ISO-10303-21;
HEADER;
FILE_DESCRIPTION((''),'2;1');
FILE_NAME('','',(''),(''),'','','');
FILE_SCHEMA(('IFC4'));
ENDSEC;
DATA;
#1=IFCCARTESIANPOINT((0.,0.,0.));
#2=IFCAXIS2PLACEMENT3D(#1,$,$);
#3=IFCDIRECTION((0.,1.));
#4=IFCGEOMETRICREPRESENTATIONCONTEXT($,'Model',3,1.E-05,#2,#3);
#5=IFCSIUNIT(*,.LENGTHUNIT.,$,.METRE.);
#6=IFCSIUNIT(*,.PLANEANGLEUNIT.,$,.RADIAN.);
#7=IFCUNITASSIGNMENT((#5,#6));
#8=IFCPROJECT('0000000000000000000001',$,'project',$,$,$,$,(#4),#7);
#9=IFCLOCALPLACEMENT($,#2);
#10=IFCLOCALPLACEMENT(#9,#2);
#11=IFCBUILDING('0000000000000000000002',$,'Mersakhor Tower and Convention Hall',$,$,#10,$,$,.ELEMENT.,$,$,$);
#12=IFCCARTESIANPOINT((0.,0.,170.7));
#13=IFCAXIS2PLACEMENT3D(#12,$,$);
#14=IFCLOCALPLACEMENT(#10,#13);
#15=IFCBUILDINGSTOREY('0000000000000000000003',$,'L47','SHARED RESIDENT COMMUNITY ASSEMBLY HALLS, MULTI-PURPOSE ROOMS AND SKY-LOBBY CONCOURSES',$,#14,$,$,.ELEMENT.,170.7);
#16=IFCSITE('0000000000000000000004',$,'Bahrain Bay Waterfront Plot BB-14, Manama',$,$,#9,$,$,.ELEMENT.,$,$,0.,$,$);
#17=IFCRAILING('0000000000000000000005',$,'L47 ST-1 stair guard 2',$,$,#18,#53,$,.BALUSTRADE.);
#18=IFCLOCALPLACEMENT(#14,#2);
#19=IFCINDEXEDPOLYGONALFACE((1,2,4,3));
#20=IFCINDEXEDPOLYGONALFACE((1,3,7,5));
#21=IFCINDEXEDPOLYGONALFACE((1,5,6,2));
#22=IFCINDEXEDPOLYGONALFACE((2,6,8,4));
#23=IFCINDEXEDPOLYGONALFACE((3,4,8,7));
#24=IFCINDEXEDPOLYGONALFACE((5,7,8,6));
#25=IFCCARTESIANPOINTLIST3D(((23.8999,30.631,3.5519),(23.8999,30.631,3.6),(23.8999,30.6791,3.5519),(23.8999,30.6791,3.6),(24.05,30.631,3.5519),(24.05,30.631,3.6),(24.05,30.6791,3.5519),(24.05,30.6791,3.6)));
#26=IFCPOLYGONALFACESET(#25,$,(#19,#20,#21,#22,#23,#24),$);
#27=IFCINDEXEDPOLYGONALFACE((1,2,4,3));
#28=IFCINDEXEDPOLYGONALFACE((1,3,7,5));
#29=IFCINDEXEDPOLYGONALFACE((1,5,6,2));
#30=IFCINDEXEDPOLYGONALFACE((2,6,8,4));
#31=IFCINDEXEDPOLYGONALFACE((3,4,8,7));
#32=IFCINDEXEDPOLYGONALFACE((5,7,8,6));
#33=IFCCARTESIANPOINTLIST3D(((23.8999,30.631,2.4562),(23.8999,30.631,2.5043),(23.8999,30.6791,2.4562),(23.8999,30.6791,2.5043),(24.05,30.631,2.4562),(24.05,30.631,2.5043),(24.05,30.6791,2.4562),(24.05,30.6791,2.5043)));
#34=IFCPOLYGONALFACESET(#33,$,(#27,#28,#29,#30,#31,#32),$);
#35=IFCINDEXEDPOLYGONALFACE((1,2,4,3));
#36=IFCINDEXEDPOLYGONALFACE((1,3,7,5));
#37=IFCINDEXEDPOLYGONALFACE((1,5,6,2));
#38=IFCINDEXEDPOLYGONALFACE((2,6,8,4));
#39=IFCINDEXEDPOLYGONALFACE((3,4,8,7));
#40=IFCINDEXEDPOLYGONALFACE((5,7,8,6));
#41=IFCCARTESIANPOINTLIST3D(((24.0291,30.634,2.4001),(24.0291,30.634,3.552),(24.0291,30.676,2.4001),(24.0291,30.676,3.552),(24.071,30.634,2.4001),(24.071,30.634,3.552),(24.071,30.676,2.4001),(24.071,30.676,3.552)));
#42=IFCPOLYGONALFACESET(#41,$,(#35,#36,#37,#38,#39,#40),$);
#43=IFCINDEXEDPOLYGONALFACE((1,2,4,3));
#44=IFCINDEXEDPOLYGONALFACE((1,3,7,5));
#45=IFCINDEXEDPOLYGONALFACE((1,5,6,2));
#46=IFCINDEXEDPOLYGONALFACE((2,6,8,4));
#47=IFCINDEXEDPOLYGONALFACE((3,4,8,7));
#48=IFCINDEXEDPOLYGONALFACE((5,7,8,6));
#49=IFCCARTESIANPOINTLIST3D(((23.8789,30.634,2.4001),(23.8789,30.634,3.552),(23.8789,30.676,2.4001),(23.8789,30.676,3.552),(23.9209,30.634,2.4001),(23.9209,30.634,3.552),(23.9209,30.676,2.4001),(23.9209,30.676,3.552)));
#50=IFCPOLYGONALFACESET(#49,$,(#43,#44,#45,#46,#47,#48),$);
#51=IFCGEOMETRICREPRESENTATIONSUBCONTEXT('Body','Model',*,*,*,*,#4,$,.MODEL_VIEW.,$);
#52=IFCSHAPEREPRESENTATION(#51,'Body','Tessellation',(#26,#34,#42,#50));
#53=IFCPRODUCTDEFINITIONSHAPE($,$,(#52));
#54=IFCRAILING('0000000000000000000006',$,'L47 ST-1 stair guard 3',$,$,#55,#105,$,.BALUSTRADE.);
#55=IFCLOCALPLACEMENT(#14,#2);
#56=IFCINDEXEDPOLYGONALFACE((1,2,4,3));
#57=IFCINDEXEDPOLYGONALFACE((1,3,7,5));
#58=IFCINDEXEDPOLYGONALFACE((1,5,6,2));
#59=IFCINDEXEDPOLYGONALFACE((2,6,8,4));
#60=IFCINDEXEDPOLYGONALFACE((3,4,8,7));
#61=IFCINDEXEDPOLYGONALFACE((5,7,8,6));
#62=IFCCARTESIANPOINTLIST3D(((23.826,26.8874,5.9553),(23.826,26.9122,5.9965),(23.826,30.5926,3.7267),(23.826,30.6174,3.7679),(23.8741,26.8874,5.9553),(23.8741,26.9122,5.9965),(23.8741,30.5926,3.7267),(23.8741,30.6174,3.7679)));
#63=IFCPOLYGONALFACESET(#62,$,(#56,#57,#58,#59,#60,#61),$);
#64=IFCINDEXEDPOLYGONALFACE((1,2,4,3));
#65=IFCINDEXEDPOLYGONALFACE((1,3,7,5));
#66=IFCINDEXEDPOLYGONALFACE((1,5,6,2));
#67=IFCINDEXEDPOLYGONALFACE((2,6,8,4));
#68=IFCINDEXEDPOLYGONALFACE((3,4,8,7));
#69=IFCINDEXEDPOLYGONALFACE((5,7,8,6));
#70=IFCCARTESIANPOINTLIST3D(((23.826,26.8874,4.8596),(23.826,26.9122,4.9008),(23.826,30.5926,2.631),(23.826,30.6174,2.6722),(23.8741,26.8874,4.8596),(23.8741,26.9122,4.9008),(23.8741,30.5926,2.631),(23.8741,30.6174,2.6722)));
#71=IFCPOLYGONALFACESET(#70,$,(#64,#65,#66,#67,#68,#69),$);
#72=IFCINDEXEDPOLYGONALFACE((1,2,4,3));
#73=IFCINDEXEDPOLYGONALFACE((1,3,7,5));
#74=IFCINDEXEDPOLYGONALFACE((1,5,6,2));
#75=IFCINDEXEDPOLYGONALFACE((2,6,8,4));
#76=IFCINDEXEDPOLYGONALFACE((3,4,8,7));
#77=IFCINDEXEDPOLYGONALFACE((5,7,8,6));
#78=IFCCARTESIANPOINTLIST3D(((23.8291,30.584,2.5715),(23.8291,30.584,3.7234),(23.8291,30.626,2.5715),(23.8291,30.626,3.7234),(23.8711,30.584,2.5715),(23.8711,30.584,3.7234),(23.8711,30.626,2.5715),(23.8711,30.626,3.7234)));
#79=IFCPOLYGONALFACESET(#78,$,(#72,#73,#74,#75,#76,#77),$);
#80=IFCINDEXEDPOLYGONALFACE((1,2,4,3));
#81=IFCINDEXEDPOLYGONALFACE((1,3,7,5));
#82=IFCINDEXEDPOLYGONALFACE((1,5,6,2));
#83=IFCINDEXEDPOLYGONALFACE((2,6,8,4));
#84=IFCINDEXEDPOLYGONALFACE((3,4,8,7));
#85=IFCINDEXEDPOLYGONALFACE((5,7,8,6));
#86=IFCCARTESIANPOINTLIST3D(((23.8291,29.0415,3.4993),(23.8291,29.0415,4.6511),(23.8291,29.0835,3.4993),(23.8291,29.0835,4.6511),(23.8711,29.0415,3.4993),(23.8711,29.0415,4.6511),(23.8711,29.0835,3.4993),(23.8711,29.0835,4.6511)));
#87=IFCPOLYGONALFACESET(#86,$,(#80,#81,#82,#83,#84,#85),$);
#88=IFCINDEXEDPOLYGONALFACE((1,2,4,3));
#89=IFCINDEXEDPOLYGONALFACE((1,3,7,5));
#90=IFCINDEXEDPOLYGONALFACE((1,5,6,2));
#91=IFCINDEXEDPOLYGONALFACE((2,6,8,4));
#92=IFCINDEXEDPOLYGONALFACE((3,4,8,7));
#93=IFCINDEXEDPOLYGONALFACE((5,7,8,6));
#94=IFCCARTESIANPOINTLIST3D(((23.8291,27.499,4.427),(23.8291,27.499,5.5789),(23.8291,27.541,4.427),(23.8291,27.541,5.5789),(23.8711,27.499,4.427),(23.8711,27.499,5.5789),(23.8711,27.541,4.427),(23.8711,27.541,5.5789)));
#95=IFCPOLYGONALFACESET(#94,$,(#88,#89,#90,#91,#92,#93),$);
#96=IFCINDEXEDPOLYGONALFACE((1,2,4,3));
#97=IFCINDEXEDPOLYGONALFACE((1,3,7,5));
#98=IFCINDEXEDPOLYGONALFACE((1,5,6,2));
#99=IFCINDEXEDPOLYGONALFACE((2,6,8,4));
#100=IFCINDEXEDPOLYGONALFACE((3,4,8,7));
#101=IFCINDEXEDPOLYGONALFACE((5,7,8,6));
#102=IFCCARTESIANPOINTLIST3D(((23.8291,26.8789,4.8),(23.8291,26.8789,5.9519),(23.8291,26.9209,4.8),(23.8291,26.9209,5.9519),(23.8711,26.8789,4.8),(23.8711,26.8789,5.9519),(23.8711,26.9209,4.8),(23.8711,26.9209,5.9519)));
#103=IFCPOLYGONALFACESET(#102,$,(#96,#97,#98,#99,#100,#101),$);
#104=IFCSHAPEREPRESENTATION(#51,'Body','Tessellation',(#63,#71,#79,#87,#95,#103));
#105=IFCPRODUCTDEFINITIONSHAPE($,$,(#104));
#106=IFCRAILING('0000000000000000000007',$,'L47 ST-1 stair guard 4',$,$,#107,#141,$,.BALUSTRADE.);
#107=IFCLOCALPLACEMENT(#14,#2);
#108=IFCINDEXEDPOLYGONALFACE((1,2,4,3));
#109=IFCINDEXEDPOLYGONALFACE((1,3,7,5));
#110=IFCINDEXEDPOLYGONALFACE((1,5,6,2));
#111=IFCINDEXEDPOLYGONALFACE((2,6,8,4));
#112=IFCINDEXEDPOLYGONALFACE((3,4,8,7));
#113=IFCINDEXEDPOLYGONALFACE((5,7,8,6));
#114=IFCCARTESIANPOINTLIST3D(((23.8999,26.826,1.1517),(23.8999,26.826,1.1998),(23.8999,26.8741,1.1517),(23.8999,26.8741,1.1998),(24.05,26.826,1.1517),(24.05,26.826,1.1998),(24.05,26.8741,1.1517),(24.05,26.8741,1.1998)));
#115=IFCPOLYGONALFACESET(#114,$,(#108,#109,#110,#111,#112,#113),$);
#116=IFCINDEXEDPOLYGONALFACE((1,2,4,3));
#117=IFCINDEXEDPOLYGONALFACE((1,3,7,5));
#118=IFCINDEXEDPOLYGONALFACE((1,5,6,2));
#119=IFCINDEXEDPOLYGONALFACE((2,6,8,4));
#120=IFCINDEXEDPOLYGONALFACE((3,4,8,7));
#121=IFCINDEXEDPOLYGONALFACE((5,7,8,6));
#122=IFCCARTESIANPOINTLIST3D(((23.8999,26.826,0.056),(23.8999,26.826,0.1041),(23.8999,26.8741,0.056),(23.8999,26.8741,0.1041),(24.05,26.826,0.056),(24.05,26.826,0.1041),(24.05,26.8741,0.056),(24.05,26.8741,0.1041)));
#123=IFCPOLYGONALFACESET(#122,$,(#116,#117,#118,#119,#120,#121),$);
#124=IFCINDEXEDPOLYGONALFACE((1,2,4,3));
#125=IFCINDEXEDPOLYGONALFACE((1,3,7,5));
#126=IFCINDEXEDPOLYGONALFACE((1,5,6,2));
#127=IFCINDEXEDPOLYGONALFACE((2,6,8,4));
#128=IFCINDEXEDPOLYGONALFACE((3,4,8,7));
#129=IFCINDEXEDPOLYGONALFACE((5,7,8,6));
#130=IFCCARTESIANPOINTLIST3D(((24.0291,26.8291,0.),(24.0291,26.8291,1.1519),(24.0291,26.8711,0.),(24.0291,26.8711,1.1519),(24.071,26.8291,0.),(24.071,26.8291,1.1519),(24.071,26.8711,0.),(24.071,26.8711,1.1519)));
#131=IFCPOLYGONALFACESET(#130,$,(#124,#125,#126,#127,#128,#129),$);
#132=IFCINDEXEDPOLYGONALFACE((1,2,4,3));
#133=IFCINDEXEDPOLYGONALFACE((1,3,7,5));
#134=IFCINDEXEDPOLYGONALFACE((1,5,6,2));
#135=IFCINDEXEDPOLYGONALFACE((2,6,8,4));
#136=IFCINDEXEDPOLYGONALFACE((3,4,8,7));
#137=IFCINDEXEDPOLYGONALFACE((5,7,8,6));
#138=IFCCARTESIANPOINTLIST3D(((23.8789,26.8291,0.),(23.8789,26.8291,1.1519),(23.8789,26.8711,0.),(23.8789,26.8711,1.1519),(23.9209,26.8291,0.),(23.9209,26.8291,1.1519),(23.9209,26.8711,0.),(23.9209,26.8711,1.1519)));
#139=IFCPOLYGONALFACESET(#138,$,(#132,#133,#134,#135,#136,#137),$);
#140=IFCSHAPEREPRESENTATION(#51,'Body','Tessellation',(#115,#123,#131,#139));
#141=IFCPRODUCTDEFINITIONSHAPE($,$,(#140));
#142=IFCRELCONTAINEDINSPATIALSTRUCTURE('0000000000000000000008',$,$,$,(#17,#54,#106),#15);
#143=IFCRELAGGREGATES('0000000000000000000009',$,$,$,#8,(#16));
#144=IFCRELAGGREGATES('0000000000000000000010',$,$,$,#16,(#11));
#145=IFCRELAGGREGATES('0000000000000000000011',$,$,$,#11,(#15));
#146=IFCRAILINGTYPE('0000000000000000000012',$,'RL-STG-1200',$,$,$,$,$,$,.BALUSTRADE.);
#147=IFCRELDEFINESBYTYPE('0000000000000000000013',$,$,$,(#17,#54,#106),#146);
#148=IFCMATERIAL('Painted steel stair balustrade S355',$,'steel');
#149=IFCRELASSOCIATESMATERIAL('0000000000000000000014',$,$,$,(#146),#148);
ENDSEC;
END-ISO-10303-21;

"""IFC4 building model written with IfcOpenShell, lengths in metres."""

from ifc_helpers import new_model, si_unit, direction, frame, origin, origin_2d, place, context, subcontext, project, spatial, rectangle, extrude, material, type_object, element, save


model = new_model("IFC4")

# Units and contexts
model_context = context("Model", 3, precision=1e-05, world=origin(), true_north=direction((0.0, 1.0)))
body_context = subcontext(model_context, "Body", "Model", "MODEL_VIEW")
ifc_project = project(units=[si_unit("LENGTHUNIT", "METRE"), si_unit("PLANEANGLEUNIT", "RADIAN")], contexts=[model_context])

# Site, building, storey
site_placement = place(None, origin())
site = spatial("IfcSite", under=ifc_project, at=site_placement, Name="Bahrain Bay Waterfront Plot BB-14, Manama", CompositionType="ELEMENT", RefElevation=0.0)
building_placement = place(site_placement, origin())
building = spatial("IfcBuilding", under=site, at=building_placement, Name="Mersakhor Tower and Convention Hall", CompositionType="ELEMENT")
storey_placement = place(building_placement, frame((0.0, 0.0, 170.7)))
storey = spatial("IfcBuildingStorey", under=building, at=storey_placement, Name="L47", Description="SHARED RESIDENT COMMUNITY ASSEMBLY HALLS, MULTI-PURPOSE ROOMS AND SKY-LOBBY CONCOURSES", CompositionType="ELEMENT", Elevation=170.7)

# Railings
ifc_material_1 = material(Name="Painted steel stair balustrade S355", Category="steel")
railing_type_1 = type_object("IfcRailingType", Name="RL-STG-1200", PredefinedType="BALUSTRADE", material=ifc_material_1)
railing_1_placement = place(storey_placement, frame((24.05, 30.655, 2.4001)))
element("IfcRailing", 1, at=railing_1_placement, inside=storey, type_object=railing_type_1, Name="L47 ST-1 stair guard 2", PredefinedType="BALUSTRADE", context=body_context, shape_type="SweptSolid", body=[
    extrude(rectangle(XDim=0.0481, YDim=0.0481, at=origin_2d()), frame((0.0, 0.0, 1.1758), z_axis=(-1.0, 0.0, 0.0), x_axis=(0.0, -1.0, 0.0)), (0.0, 0.0, 1.0), 0.1501),
    extrude(rectangle(XDim=0.0481, YDim=0.0481, at=origin_2d()), frame((0.0, 0.0, 0.0801), z_axis=(-1.0, 0.0, 0.0), x_axis=(0.0, -1.0, 0.0)), (0.0, 0.0, 1.0), 0.1501),
    extrude(rectangle(XDim=0.042, YDim=0.042, at=origin_2d()), origin(), (0.0, 0.0, 1.0), 1.1519),
    extrude(rectangle(XDim=0.042, YDim=0.042, at=origin_2d()), frame((-0.1501, 0.0, 0.0)), (0.0, 0.0, 1.0), 1.1519),
])
railing_2_placement = place(storey_placement, frame((23.8501, 30.605, 2.5715)))
element("IfcRailing", 2, at=railing_2_placement, inside=storey, type_object=railing_type_1, Name="L47 ST-1 stair guard 3", PredefinedType="BALUSTRADE", context=body_context, shape_type="SweptSolid", body=[
    extrude(rectangle(XDim=0.0481, YDim=0.0481, at=origin_2d()), frame((0.0, 0.0, 1.1758), z_axis=(0.0, -0.856934, 0.515425), x_axis=(1.0, 0.0, 0.0)), (0.0, 0.0, 1.0), 4.3237),
    extrude(rectangle(XDim=0.0481, YDim=0.0481, at=origin_2d()), frame((0.0, 0.0, 0.0801), z_axis=(0.0, -0.856934, 0.515425), x_axis=(1.0, 0.0, 0.0)), (0.0, 0.0, 1.0), 4.3237),
    extrude(rectangle(XDim=0.042, YDim=0.042, at=origin_2d()), origin(), (0.0, 0.0, 1.0), 1.1519),
    extrude(rectangle(XDim=0.042, YDim=0.042, at=origin_2d()), frame((0.0, -1.5425, 0.9277)), (0.0, 0.0, 1.0), 1.1519),
    extrude(rectangle(XDim=0.042, YDim=0.042, at=origin_2d()), frame((0.0, -3.085, 1.8555)), (0.0, 0.0, 1.0), 1.1519),
    extrude(rectangle(XDim=0.042, YDim=0.042, at=origin_2d()), frame((0.0, -3.7051, 2.2285)), (0.0, 0.0, 1.0), 1.1519),
])
railing_3_placement = place(storey_placement, frame((24.05, 26.8501, 0.0)))
element("IfcRailing", 3, at=railing_3_placement, inside=storey, type_object=railing_type_1, Name="L47 ST-1 stair guard 4", PredefinedType="BALUSTRADE", context=body_context, shape_type="SweptSolid", body=[
    extrude(rectangle(XDim=0.0481, YDim=0.0481, at=origin_2d()), frame((0.0, 0.0, 1.1758), z_axis=(-1.0, 0.0, 0.0), x_axis=(0.0, -1.0, 0.0)), (0.0, 0.0, 1.0), 0.1501),
    extrude(rectangle(XDim=0.0481, YDim=0.0481, at=origin_2d()), frame((0.0, 0.0, 0.0801), z_axis=(-1.0, 0.0, 0.0), x_axis=(0.0, -1.0, 0.0)), (0.0, 0.0, 1.0), 0.1501),
    extrude(rectangle(XDim=0.042, YDim=0.042, at=origin_2d()), origin(), (0.0, 0.0, 1.0), 1.1519),
    extrude(rectangle(XDim=0.042, YDim=0.042, at=origin_2d()), frame((-0.1501, 0.0, 0.0)), (0.0, 0.0, 1.0), 1.1519),
])

save(model, "model.ifc")
